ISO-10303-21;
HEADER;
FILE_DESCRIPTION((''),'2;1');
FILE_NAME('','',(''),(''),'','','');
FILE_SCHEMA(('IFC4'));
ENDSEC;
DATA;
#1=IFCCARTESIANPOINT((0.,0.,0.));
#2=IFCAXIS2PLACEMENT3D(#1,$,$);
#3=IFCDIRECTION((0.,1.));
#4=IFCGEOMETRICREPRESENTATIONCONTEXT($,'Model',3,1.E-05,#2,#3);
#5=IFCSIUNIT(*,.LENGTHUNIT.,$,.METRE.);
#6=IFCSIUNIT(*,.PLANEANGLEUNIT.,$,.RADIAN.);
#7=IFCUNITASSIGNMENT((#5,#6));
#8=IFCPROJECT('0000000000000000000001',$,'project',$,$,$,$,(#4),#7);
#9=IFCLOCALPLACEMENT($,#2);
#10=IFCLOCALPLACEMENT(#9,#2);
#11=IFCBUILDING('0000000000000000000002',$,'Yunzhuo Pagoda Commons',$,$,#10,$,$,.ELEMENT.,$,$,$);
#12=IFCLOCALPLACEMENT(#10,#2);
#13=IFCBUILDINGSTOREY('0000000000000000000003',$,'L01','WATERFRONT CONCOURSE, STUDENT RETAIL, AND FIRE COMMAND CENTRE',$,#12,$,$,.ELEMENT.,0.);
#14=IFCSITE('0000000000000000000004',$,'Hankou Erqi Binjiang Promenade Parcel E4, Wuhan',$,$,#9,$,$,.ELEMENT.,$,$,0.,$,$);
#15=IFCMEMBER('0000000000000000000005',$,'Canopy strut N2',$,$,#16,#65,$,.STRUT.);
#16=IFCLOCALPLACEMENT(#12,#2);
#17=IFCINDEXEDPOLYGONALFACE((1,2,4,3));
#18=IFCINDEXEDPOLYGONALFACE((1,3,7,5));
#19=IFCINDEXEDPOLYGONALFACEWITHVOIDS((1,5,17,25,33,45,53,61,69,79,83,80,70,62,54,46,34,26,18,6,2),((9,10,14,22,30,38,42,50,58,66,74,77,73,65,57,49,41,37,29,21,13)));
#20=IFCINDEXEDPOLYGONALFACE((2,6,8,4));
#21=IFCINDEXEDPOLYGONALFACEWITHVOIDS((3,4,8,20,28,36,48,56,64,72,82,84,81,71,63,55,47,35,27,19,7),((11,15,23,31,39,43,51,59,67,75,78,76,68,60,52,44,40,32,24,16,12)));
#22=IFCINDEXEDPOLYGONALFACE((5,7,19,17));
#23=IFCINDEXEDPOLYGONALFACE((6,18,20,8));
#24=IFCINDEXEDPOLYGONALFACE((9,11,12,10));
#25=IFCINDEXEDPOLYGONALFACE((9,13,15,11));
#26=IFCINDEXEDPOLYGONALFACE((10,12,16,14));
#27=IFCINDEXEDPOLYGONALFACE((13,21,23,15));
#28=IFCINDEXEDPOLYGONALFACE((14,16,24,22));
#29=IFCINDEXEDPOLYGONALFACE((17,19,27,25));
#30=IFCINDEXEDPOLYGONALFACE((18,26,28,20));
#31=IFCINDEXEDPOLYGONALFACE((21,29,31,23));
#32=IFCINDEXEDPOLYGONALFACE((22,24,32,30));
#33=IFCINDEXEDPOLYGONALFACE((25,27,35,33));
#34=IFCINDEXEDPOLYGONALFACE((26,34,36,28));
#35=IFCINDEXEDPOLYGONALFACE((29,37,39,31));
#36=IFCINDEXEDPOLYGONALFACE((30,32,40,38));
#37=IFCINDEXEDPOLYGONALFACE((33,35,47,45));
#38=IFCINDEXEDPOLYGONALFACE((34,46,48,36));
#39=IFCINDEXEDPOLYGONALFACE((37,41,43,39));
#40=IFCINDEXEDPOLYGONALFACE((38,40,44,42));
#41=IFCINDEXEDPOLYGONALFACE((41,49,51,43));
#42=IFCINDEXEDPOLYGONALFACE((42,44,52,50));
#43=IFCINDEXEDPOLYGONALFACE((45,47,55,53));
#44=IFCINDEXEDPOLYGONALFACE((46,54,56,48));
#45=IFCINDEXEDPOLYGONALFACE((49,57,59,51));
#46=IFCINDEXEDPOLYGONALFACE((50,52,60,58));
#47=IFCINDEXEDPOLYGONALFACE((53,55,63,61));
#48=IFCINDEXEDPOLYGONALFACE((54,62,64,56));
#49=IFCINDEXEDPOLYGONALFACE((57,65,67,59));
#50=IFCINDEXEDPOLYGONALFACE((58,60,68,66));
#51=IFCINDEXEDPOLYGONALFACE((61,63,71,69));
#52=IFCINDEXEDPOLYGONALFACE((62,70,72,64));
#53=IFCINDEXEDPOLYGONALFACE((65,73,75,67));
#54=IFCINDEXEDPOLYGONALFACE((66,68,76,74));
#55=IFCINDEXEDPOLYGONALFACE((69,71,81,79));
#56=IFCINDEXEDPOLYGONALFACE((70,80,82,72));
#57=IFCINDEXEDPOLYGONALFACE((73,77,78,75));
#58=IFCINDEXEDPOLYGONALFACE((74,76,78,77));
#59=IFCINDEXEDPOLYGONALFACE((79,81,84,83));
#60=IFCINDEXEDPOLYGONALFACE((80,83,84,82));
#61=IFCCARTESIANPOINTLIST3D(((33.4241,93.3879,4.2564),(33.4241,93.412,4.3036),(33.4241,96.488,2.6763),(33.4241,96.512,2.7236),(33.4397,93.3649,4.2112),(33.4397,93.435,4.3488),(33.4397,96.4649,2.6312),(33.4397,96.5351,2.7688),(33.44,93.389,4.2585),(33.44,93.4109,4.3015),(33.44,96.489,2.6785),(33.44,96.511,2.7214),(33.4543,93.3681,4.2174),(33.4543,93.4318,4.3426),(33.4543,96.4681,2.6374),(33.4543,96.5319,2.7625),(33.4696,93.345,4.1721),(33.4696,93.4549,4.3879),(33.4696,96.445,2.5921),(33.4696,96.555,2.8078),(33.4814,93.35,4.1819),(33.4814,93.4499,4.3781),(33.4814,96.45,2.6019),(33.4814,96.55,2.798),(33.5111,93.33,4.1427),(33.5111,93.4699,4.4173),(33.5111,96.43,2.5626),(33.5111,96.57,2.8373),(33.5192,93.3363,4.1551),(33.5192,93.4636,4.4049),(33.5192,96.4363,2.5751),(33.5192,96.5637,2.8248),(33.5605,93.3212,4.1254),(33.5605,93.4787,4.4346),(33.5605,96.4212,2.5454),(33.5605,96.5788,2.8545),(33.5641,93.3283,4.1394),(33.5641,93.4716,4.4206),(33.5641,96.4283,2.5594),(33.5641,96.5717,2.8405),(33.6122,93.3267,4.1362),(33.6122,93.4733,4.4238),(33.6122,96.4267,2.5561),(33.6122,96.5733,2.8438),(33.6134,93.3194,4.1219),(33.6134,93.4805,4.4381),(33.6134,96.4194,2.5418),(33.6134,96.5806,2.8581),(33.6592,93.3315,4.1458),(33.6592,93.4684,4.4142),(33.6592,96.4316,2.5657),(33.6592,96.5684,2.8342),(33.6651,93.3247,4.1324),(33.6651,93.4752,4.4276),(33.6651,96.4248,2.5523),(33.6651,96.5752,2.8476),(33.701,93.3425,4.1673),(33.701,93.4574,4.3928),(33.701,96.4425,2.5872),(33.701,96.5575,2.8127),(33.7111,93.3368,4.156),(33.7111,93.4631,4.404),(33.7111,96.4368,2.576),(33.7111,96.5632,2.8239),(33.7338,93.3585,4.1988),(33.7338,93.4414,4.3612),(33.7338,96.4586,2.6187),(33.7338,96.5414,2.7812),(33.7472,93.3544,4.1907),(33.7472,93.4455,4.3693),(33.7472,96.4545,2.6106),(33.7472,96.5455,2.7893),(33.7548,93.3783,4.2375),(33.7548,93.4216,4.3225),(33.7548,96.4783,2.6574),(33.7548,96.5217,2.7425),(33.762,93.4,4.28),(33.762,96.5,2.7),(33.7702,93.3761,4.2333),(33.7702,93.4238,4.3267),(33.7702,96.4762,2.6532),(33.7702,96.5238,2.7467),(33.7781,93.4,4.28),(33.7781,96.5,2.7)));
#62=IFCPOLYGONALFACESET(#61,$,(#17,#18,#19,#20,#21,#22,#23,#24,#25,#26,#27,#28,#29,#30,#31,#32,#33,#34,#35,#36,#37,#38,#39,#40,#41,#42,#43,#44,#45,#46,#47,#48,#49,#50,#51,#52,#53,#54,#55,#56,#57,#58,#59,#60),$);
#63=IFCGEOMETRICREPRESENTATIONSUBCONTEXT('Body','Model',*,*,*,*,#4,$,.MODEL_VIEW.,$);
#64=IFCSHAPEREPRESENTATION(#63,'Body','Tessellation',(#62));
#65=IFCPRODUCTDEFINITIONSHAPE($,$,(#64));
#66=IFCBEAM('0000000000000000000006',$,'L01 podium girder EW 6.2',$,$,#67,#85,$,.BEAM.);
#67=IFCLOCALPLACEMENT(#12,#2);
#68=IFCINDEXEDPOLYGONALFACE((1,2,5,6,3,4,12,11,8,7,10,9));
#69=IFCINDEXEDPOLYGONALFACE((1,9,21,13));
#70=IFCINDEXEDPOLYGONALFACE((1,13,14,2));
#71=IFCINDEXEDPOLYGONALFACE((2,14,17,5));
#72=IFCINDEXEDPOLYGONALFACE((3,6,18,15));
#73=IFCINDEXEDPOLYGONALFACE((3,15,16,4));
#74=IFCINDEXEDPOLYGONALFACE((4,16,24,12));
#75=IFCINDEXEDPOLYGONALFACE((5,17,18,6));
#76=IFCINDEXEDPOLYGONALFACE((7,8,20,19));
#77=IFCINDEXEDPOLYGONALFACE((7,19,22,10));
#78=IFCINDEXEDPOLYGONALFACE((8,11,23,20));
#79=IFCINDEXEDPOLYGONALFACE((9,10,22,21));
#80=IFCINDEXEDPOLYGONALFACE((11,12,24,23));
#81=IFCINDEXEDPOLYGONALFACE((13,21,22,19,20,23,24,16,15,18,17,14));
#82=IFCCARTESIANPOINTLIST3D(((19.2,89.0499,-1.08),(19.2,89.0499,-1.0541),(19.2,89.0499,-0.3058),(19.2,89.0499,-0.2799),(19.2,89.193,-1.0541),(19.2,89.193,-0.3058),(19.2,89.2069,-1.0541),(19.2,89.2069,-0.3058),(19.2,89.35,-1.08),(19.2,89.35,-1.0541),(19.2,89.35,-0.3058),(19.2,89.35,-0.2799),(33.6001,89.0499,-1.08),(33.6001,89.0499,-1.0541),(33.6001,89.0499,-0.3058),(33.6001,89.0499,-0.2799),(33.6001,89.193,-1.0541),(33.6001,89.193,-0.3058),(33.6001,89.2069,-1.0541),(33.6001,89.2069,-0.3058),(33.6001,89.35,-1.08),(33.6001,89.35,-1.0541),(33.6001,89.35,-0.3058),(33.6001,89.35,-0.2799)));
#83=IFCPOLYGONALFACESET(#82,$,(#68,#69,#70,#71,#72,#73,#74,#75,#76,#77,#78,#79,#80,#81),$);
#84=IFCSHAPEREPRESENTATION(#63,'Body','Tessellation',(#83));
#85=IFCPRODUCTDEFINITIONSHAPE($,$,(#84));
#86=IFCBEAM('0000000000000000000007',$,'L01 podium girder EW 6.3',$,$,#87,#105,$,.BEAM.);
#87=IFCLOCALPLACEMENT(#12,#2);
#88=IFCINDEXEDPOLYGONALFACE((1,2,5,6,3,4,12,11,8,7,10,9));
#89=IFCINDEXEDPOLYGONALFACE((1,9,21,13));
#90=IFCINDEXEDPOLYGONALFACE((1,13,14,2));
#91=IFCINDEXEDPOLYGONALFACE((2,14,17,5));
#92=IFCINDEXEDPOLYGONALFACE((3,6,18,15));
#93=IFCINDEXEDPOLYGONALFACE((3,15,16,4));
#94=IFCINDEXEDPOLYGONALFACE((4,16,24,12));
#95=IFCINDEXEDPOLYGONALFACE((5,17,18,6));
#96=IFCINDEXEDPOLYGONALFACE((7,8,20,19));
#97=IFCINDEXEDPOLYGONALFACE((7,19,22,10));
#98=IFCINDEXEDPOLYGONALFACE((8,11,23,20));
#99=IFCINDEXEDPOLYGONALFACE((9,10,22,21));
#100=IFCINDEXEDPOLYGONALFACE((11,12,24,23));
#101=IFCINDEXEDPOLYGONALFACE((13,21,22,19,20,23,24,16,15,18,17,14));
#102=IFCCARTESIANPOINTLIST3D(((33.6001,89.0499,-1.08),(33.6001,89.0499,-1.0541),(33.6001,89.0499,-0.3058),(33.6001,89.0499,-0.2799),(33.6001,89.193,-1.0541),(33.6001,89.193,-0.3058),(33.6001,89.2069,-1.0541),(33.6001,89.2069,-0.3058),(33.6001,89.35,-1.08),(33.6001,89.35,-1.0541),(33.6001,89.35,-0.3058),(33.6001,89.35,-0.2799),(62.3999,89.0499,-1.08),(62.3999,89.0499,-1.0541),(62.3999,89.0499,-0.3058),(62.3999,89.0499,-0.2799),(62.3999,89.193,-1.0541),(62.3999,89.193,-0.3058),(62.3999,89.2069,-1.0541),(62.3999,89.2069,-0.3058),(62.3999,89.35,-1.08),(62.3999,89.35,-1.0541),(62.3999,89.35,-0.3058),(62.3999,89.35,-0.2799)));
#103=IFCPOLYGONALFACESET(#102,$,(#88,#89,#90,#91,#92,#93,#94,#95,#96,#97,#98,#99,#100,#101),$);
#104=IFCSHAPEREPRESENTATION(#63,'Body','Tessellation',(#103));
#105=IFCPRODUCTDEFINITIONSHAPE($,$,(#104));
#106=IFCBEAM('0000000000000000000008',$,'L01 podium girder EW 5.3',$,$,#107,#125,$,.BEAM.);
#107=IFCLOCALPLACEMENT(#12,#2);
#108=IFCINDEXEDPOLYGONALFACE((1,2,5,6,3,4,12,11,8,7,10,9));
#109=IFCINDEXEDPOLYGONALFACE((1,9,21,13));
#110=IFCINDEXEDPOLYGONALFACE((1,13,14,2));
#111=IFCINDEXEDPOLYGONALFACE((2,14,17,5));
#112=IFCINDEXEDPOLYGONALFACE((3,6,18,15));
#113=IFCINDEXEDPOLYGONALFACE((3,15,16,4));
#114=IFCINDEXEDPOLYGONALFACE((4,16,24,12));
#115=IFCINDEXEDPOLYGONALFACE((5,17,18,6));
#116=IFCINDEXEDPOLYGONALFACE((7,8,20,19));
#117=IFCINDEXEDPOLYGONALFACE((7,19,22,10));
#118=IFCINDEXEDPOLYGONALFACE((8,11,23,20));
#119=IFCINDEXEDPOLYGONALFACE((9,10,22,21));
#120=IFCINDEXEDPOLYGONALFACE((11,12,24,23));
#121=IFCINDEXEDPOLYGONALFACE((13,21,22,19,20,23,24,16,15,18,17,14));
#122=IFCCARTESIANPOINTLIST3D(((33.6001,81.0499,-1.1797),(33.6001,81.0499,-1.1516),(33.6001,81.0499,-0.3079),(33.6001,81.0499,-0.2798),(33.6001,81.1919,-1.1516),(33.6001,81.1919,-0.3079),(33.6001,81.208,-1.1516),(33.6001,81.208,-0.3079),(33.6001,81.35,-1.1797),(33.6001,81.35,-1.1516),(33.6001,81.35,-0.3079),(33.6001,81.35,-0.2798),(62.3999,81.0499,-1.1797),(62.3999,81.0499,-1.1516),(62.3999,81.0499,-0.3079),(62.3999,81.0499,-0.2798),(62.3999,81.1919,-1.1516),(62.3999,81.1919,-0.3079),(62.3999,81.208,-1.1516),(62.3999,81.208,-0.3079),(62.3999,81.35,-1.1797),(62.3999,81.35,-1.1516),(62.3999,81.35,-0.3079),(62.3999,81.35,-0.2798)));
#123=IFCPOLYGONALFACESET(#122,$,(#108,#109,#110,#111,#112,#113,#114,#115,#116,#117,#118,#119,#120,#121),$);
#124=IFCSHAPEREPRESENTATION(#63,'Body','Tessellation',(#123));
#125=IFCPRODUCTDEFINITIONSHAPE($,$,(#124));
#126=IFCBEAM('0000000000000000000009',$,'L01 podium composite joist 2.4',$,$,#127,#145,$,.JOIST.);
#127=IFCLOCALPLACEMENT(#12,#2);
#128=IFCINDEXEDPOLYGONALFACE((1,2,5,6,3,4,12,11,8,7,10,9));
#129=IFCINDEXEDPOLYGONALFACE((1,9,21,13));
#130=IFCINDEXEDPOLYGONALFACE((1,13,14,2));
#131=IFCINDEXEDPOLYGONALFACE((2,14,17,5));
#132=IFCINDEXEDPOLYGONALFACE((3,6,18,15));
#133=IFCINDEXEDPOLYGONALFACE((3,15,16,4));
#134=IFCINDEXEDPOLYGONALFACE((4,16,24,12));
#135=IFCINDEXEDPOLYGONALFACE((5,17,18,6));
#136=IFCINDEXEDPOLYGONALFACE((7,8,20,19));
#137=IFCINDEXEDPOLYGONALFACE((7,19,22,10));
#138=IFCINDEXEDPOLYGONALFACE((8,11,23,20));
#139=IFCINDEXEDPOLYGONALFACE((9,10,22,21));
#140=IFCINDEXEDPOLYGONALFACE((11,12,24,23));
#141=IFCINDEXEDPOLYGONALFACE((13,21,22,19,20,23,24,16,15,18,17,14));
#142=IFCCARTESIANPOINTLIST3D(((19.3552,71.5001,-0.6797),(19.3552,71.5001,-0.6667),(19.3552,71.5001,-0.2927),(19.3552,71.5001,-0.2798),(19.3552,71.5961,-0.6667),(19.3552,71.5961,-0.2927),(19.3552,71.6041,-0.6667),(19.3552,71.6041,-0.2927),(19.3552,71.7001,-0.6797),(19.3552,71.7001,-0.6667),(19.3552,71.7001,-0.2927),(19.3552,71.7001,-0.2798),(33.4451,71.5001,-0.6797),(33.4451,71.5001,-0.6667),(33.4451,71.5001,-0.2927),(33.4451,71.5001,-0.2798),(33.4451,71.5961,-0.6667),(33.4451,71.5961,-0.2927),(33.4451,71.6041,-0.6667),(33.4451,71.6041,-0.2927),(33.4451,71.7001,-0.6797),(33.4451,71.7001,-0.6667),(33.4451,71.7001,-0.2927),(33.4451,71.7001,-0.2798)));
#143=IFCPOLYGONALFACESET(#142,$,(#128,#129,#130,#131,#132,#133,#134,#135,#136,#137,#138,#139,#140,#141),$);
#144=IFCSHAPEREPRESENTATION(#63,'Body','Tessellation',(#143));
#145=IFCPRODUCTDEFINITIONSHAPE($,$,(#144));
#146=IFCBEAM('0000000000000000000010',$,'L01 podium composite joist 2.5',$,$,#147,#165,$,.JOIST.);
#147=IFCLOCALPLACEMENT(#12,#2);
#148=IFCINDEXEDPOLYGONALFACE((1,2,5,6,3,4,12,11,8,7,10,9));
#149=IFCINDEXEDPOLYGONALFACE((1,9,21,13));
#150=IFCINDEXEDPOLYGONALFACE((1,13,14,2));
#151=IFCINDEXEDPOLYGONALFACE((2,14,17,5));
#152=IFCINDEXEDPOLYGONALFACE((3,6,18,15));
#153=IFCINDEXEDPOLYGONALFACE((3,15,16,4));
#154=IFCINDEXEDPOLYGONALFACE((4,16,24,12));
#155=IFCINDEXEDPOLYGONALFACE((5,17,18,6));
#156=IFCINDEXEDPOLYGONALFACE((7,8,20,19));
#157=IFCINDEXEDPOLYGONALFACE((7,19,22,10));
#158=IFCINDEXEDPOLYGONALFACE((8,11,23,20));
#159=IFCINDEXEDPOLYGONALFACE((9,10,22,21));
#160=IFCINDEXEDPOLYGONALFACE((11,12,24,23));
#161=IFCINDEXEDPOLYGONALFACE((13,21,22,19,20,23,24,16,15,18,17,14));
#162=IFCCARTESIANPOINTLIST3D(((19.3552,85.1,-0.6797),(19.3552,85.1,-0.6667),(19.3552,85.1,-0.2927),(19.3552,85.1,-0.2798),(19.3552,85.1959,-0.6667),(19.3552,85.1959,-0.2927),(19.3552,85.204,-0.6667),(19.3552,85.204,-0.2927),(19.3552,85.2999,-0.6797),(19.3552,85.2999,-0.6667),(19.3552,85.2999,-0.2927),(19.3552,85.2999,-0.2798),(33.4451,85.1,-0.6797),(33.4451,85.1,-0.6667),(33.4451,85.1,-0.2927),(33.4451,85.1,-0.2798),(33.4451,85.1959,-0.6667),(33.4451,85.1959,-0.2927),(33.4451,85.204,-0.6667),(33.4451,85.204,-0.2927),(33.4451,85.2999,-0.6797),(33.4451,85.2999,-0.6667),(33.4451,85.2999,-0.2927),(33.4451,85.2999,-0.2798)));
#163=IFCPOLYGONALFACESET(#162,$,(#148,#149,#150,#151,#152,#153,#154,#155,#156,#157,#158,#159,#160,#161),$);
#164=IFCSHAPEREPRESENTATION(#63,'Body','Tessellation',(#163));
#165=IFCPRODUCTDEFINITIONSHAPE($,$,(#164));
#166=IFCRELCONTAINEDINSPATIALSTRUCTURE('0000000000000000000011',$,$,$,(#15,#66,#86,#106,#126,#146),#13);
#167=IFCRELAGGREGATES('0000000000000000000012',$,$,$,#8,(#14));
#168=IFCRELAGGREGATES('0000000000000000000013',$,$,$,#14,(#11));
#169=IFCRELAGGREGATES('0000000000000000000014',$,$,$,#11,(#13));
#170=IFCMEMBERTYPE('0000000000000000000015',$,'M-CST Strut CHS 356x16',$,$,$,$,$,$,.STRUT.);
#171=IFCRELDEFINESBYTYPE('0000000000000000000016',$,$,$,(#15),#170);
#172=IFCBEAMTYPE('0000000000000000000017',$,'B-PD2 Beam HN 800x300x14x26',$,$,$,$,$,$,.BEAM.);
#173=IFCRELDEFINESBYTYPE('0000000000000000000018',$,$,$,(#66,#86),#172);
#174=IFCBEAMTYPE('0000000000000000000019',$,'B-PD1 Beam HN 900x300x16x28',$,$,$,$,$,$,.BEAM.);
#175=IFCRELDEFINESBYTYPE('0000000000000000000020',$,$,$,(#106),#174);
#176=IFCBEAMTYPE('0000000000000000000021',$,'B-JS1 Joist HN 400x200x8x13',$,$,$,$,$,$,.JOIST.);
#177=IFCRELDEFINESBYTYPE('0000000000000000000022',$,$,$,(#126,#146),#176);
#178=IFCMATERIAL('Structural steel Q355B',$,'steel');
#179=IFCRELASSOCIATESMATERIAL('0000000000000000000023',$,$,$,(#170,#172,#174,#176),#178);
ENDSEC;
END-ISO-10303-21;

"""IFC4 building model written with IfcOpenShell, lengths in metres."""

from ifc_helpers import new_model, si_unit, direction, frame, origin, origin_2d, place, context, subcontext, project, spatial, hollow_circle, i_section, extrude, source, transform, mapped, material, material_profile, profile_set, type_object, element, save


model = new_model("IFC4")

# Units and contexts
model_context = context("Model", 3, precision=1e-05, world=origin(), true_north=direction((0.0, 1.0)))
body_context = subcontext(model_context, "Body", "Model", "MODEL_VIEW")
ifc_project = project(units=[si_unit("LENGTHUNIT", "METRE"), si_unit("PLANEANGLEUNIT", "RADIAN")], contexts=[model_context])

# Site, building, storey
site_placement = place(None, origin())
site = spatial("IfcSite", under=ifc_project, at=site_placement, Name="Hankou Erqi Binjiang Promenade Parcel E4, Wuhan", CompositionType="ELEMENT", RefElevation=0.0)
building_placement = place(site_placement, origin())
building = spatial("IfcBuilding", under=site, at=building_placement, Name="Yunzhuo Pagoda Commons", CompositionType="ELEMENT")
storey_placement = place(building_placement, origin())
storey = spatial("IfcBuildingStorey", under=building, at=storey_placement, Name="L01", Description="WATERFRONT CONCOURSE, STUDENT RETAIL, AND FIRE COMMAND CENTRE", CompositionType="ELEMENT", Elevation=0.0)

# Shared definitions
ifc_material_1 = material(Name="Structural steel Q355B", Category="steel")

# Member
ifc_material_profile_1 = material_profile(ifc_material_1, hollow_circle(Radius=0.178, WallThickness=0.0161, at=origin_2d()), Name="Structural steel Q355B")
ifc_profile_set_1 = profile_set([ifc_material_profile_1], Name="Structural steel Q355B")
member_type = type_object("IfcMemberType", Name="M-CST Strut CHS 356x16", PredefinedType="STRUT", material=ifc_profile_set_1)
shared_shape_1 = source(origin(), body_context, "Body", "SweptSolid", [
    extrude(hollow_circle(Radius=0.178, WallThickness=0.0161, at=origin_2d()), origin(), (0.0, 0.0, 1.0), 3.4795),
])
for number, where, z_axis, x_axis, name in (
    (1, (33.6001, 96.5, 2.7), (0.0, -0.890948, 0.454104), (1.0, 0.0, 0.0), "Canopy strut N2"),
):
    element("IfcMember", number, at=place(storey_placement, frame(where, z_axis=z_axis, x_axis=x_axis)), inside=storey, type_object=member_type, Name=name, PredefinedType="STRUT", context=body_context, shape_type="MappedRepresentation", body=[
        mapped(shared_shape_1, transform((0.0, 0.0, 0.0), scale=1.0)),
    ])

# Beams
ifc_material_profile_2 = material_profile(ifc_material_1, i_section(OverallWidth=0.3, OverallDepth=0.8, WebThickness=0.0139, FlangeThickness=0.0259, at=origin_2d()), Name="Structural steel Q355B")
ifc_profile_set_2 = profile_set([ifc_material_profile_2], Name="Structural steel Q355B")
beam_type_1 = type_object("IfcBeamType", Name="B-PD2 Beam HN 800x300x14x26", PredefinedType="BEAM", material=ifc_profile_set_2)
shared_shape_2 = source(origin(), body_context, "Body", "SweptSolid", [
    extrude(i_section(OverallWidth=0.3, OverallDepth=0.8, WebThickness=0.0139, FlangeThickness=0.0259, at=origin_2d()), origin(), (0.0, 0.0, 1.0), 14.4001),
])
beam_1_placement = place(storey_placement, frame((19.2, 89.2, -0.6799), z_axis=(1.0, 0.0, 0.0), x_axis=(0.0, 1.0, 0.0)))
element("IfcBeam", 2, at=beam_1_placement, inside=storey, type_object=beam_type_1, Name="L01 podium girder EW 6.2", PredefinedType="BEAM", context=body_context, shape_type="MappedRepresentation", body=[
    mapped(shared_shape_2, transform((0.0, 0.0, 0.0), scale=1.0)),
])
shared_shape_3 = source(origin(), body_context, "Body", "SweptSolid", [
    extrude(i_section(OverallWidth=0.3, OverallDepth=0.8, WebThickness=0.0139, FlangeThickness=0.0259, at=origin_2d()), origin(), (0.0, 0.0, 1.0), 28.7998),
])
beam_2_placement = place(storey_placement, frame((33.6001, 89.2, -0.6799), z_axis=(1.0, 0.0, 0.0), x_axis=(0.0, 1.0, 0.0)))
element("IfcBeam", 3, at=beam_2_placement, inside=storey, type_object=beam_type_1, Name="L01 podium girder EW 6.3", PredefinedType="BEAM", context=body_context, shape_type="MappedRepresentation", body=[
    mapped(shared_shape_3, transform((0.0, 0.0, 0.0), scale=1.0)),
])
ifc_material_profile_3 = material_profile(ifc_material_1, i_section(OverallWidth=0.3, OverallDepth=0.8999, WebThickness=0.0161, FlangeThickness=0.0281, at=origin_2d()), Name="Structural steel Q355B")
ifc_profile_set_3 = profile_set([ifc_material_profile_3], Name="Structural steel Q355B")
beam_type_2 = type_object("IfcBeamType", Name="B-PD1 Beam HN 900x300x16x28", PredefinedType="BEAM", material=ifc_profile_set_3)
shared_shape_4 = source(origin(), body_context, "Body", "SweptSolid", [
    extrude(i_section(OverallWidth=0.3, OverallDepth=0.8999, WebThickness=0.0161, FlangeThickness=0.0281, at=origin_2d()), origin(), (0.0, 0.0, 1.0), 28.7998),
])
beam_3_placement = place(storey_placement, frame((33.6001, 81.2, -0.7297), z_axis=(1.0, 0.0, 0.0), x_axis=(0.0, 1.0, 0.0)))
element("IfcBeam", 4, at=beam_3_placement, inside=storey, type_object=beam_type_2, Name="L01 podium girder EW 5.3", PredefinedType="BEAM", context=body_context, shape_type="MappedRepresentation", body=[
    mapped(shared_shape_4, transform((0.0, 0.0, 0.0), scale=1.0)),
])
ifc_material_profile_4 = material_profile(ifc_material_1, i_section(OverallWidth=0.2, OverallDepth=0.3999, WebThickness=0.0081, FlangeThickness=0.0129, at=origin_2d()), Name="Structural steel Q355B")
ifc_profile_set_4 = profile_set([ifc_material_profile_4], Name="Structural steel Q355B")
beam_type_3 = type_object("IfcBeamType", Name="B-JS1 Joist HN 400x200x8x13", PredefinedType="JOIST", material=ifc_profile_set_4)
shared_shape_5 = source(origin(), body_context, "Body", "SweptSolid", [
    extrude(i_section(OverallWidth=0.2, OverallDepth=0.3999, WebThickness=0.0081, FlangeThickness=0.0129, at=origin_2d()), origin(), (0.0, 0.0, 1.0), 14.0898),
])
for number, where, z_axis, x_axis, name in (
    (5, (19.3552, 71.6001, -0.4797), (1.0, 0.0, 0.0), (0.0, 1.0, 0.0), "L01 podium composite joist 2.4"),
    (6, (19.3552, 85.2, -0.4797), (1.0, 0.0, 0.0), (0.0, 1.0, 0.0), "L01 podium composite joist 2.5"),
):
    element("IfcBeam", number, at=place(storey_placement, frame(where, z_axis=z_axis, x_axis=x_axis)), inside=storey, type_object=beam_type_3, Name=name, PredefinedType="JOIST", context=body_context, shape_type="MappedRepresentation", body=[
        mapped(shared_shape_5, transform((0.0, 0.0, 0.0), scale=1.0)),
    ])

save(model, "model.ifc")
